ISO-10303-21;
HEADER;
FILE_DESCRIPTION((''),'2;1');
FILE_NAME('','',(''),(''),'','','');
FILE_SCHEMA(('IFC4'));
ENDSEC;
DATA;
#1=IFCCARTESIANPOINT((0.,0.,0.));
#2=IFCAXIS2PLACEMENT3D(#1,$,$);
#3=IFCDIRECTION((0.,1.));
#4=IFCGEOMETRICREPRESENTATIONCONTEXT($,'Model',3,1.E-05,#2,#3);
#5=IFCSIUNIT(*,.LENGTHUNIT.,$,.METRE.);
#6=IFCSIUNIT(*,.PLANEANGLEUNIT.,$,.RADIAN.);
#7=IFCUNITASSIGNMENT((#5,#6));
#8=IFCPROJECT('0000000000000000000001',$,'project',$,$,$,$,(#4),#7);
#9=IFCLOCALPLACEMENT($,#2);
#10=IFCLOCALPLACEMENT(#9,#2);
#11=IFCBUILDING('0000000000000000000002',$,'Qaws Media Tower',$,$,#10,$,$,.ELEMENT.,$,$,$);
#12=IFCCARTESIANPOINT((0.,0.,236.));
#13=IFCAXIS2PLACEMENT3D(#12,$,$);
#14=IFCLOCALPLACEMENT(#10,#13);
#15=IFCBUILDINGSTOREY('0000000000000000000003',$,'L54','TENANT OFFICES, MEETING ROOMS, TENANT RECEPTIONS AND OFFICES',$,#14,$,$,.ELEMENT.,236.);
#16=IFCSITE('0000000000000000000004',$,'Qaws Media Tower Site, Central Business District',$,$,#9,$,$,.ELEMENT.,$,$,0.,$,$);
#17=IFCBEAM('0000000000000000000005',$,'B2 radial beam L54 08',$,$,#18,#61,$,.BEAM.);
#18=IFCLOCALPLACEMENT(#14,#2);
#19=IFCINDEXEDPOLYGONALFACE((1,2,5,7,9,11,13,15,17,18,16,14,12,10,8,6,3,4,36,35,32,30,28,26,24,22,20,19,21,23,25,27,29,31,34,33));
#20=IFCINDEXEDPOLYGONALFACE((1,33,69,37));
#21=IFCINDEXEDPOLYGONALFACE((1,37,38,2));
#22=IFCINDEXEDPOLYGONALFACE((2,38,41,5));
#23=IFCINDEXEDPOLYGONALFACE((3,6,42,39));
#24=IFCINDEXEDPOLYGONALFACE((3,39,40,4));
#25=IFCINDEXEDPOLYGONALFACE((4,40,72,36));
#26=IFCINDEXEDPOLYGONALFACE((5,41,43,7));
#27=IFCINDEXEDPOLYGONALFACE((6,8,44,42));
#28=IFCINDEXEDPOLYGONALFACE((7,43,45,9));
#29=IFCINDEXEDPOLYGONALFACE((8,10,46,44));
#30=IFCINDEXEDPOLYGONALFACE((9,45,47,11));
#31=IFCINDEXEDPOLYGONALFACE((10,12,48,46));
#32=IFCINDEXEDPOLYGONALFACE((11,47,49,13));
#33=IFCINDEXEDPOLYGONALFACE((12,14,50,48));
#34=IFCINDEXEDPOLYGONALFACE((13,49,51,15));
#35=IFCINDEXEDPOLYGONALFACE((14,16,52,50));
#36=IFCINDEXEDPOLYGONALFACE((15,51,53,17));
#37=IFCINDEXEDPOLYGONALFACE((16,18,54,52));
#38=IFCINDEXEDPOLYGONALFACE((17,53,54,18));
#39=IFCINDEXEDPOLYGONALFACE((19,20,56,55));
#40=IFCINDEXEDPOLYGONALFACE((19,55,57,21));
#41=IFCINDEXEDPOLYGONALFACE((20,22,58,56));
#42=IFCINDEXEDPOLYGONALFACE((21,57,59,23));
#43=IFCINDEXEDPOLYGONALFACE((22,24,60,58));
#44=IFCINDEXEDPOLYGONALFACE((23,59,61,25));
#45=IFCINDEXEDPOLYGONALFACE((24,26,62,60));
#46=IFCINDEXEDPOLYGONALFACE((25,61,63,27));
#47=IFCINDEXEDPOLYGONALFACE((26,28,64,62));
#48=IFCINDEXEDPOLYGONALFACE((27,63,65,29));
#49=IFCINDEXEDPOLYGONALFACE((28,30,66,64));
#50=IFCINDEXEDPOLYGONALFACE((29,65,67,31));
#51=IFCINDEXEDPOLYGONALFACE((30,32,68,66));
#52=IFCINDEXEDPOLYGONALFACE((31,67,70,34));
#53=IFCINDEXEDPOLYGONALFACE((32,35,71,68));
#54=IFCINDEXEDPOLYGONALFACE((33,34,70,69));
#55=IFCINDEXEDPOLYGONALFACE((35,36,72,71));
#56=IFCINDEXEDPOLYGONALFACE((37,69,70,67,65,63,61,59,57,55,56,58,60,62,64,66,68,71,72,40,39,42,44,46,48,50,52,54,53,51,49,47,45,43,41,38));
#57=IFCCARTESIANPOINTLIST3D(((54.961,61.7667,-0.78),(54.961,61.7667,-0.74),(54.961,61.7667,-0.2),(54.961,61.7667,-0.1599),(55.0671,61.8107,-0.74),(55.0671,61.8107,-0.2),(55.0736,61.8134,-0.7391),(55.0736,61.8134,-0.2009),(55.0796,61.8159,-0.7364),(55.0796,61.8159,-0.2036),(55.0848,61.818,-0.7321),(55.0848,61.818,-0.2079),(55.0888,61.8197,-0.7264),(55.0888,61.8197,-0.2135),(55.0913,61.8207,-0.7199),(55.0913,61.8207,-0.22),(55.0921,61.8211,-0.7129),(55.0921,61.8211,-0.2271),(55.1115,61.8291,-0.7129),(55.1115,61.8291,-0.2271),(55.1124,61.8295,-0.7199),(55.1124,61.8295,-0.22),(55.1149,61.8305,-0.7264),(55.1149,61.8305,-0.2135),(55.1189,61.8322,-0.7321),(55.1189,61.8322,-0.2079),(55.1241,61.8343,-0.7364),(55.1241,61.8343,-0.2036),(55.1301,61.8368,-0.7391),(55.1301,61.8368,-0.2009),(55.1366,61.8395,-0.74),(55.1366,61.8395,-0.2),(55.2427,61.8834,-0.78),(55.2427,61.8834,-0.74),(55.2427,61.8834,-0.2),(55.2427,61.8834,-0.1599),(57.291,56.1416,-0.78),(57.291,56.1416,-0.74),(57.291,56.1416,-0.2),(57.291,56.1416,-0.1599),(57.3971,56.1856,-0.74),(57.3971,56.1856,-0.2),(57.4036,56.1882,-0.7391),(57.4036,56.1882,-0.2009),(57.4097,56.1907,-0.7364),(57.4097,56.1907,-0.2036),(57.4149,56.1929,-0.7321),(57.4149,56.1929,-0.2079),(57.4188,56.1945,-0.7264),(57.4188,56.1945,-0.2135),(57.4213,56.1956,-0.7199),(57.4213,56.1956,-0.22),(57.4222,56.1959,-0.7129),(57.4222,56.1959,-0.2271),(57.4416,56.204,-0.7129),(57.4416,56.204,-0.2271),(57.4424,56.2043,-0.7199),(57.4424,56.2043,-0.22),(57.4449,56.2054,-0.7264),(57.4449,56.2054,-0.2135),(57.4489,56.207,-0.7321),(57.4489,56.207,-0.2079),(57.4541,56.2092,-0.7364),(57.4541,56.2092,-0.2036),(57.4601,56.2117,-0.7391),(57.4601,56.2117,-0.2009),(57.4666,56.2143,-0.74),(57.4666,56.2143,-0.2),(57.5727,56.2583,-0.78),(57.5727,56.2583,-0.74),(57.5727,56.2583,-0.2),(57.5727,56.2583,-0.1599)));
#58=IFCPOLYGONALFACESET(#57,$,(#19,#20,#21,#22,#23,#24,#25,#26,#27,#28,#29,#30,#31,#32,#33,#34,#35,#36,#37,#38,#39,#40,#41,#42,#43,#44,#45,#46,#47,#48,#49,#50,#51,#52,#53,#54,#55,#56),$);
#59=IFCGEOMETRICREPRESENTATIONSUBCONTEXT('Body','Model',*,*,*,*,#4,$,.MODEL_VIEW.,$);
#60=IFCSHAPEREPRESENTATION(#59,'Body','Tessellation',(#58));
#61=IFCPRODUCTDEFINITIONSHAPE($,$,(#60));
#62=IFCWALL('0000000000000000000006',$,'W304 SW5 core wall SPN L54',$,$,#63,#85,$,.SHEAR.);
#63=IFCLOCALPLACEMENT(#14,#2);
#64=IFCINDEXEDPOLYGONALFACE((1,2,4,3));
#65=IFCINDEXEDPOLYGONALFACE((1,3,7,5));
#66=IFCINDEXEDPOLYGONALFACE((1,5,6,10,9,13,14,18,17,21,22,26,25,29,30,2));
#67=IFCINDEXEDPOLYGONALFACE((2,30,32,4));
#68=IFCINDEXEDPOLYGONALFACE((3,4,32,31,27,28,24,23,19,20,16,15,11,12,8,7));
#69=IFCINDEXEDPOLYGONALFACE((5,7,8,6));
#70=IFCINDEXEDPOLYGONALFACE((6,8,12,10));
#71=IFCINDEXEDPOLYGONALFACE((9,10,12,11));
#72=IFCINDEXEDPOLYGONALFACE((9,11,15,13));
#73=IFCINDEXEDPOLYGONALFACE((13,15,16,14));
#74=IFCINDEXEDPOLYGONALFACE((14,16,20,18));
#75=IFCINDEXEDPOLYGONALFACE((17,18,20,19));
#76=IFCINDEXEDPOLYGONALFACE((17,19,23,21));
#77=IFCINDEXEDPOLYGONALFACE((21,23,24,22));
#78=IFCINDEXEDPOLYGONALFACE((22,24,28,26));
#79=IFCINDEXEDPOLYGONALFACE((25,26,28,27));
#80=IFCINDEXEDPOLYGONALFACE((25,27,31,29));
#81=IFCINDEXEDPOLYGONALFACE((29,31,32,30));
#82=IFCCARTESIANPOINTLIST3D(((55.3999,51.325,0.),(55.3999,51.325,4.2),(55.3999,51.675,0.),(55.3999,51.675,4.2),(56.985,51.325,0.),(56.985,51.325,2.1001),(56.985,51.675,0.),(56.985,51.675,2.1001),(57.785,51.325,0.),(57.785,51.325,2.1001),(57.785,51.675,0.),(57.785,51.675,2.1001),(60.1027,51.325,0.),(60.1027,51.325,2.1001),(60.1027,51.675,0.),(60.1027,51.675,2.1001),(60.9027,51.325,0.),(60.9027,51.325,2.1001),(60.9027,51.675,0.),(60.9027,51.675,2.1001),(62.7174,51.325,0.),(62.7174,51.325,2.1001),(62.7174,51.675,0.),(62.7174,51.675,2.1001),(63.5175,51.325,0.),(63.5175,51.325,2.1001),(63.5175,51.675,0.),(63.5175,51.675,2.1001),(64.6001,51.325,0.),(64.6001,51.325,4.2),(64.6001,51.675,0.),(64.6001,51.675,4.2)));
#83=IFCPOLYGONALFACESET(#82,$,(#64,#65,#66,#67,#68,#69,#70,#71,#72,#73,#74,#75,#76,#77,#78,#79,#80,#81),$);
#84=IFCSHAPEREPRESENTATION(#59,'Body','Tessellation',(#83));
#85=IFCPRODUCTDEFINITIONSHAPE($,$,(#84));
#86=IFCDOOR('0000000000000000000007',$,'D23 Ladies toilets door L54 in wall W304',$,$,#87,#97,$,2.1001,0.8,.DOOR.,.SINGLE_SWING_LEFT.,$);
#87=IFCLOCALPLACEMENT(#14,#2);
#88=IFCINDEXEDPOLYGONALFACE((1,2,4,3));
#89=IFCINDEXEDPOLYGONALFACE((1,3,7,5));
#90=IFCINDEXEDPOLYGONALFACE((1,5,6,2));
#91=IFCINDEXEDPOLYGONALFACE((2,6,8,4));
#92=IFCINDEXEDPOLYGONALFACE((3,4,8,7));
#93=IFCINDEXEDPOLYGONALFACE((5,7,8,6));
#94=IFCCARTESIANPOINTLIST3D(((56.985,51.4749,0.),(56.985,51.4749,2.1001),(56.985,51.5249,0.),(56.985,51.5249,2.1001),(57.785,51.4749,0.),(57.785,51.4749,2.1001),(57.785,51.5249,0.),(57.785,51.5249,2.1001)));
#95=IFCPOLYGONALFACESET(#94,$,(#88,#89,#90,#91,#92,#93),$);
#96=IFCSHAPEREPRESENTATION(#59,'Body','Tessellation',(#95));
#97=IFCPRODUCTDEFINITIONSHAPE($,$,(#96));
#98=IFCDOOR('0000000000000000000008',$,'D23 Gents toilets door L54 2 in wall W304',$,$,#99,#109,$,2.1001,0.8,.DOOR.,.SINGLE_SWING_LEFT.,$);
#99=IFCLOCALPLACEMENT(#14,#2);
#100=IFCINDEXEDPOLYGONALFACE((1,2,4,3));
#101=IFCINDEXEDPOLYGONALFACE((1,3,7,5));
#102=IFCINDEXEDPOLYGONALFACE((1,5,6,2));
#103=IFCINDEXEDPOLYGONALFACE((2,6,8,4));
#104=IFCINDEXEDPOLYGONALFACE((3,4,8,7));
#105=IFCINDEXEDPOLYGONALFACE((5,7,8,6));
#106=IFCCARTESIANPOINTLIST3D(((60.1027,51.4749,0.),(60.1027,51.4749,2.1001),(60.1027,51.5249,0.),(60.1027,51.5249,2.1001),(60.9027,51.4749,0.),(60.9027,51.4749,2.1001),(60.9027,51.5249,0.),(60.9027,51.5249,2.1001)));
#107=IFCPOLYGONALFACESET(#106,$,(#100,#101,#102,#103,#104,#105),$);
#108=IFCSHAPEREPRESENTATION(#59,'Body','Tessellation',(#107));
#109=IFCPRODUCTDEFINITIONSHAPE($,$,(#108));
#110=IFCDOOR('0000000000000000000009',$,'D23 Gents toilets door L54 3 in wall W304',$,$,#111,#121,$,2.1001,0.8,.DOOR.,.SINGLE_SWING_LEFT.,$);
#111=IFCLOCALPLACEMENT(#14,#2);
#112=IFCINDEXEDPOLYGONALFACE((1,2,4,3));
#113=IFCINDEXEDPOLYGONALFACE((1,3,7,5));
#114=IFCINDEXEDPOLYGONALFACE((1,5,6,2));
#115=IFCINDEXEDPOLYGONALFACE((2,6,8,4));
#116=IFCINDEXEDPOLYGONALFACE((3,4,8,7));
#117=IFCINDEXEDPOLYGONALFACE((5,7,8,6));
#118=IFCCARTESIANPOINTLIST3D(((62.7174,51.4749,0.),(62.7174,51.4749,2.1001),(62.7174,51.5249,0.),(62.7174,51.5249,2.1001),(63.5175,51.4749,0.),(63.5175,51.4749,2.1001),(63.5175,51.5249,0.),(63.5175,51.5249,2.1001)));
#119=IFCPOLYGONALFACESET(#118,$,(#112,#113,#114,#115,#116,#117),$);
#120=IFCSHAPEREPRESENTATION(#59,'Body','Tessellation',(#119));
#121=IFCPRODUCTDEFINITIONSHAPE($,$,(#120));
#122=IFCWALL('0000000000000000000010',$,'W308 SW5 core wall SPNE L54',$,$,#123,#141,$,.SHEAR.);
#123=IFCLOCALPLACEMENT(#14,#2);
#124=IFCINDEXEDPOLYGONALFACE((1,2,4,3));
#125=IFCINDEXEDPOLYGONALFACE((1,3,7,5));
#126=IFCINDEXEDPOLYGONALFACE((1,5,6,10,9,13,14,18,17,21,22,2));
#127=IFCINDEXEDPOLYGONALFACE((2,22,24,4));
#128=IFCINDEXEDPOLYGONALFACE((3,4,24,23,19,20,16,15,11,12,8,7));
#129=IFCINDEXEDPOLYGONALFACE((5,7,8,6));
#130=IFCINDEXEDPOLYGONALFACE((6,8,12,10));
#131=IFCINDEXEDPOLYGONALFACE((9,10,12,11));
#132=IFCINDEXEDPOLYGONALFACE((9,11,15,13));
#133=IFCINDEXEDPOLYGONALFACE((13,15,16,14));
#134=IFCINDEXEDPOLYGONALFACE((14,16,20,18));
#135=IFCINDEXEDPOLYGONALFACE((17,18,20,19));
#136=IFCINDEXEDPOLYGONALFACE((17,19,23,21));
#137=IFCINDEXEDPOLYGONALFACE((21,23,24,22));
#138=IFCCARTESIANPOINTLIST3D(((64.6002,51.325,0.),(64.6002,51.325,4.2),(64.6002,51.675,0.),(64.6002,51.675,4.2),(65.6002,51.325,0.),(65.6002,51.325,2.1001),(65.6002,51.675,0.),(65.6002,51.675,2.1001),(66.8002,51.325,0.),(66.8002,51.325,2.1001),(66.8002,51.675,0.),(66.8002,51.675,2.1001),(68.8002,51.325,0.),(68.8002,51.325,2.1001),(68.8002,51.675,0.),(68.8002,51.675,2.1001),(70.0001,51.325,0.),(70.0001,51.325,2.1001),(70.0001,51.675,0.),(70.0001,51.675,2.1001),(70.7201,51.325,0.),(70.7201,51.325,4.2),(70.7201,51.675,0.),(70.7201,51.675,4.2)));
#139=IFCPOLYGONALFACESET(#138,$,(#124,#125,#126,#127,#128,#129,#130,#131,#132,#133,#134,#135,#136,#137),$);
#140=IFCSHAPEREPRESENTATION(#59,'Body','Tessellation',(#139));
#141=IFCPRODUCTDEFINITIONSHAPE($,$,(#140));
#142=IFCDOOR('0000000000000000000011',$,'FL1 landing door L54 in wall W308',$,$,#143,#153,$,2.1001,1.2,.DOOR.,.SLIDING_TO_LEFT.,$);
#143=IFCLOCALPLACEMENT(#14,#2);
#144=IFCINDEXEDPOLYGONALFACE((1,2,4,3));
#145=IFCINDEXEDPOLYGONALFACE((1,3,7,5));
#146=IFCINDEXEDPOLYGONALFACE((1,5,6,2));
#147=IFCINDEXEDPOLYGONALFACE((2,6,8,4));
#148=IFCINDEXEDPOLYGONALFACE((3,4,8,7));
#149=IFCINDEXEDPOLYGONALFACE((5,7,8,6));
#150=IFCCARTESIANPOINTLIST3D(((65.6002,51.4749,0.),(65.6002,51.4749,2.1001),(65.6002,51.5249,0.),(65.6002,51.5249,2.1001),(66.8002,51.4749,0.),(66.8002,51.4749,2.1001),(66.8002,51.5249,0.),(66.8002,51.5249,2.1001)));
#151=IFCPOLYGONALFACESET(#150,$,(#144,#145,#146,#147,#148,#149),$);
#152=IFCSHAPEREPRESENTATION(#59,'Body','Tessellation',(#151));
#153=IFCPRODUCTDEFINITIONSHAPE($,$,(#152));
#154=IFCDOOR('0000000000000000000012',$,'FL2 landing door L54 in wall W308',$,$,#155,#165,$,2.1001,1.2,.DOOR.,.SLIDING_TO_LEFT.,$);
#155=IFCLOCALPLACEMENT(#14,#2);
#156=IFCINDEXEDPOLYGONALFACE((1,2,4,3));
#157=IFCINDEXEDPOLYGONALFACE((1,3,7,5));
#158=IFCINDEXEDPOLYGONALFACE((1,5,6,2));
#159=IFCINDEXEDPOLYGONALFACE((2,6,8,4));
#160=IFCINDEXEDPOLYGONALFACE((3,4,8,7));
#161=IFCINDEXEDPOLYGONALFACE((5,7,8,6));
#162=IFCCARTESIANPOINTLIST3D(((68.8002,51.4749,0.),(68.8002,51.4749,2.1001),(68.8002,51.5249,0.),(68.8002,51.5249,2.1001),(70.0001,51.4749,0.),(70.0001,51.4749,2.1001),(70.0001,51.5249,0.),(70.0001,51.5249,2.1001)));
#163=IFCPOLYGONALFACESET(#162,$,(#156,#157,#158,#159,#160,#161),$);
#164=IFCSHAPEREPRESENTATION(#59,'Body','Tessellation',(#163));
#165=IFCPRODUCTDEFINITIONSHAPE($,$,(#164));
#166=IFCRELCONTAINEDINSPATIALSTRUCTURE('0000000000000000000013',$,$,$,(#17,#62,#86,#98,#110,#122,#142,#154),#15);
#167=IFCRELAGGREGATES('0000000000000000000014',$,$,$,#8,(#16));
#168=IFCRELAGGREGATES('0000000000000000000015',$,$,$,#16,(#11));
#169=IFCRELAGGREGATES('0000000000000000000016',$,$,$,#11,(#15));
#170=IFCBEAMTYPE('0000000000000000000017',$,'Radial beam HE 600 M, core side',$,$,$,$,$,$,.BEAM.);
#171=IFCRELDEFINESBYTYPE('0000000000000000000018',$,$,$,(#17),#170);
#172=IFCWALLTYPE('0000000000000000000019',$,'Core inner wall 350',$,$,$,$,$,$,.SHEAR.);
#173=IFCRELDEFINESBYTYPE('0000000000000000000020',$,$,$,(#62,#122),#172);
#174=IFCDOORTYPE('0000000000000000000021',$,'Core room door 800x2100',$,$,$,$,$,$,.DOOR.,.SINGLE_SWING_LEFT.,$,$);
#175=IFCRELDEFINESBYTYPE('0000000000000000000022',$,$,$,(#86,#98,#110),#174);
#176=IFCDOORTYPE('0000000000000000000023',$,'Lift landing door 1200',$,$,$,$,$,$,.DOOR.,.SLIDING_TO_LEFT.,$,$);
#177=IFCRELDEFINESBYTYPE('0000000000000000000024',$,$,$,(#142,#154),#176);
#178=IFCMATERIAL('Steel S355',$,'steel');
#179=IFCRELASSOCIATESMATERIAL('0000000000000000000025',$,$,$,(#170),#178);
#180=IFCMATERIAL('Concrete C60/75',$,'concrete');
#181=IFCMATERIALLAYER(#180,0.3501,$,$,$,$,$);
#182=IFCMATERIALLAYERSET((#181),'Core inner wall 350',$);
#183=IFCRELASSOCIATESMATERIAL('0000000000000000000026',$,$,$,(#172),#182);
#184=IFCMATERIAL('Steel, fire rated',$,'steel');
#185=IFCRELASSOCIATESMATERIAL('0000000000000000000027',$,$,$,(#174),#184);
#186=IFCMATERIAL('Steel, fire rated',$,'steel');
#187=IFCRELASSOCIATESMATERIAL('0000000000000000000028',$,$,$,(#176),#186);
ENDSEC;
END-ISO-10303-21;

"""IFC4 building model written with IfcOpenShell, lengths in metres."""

from ifc_helpers import new_model, si_unit, direction, frame, frame_2d, origin, origin_2d, place, context, subcontext, project, spatial, rectangle, i_section, extrude, material, layer, layer_set, material_profile, profile_set, type_object, element, fill, save


model = new_model("IFC4")

# Units and contexts
model_context = context("Model", 3, precision=1e-05, world=origin(), true_north=direction((0.0, 1.0)))
body_context = subcontext(model_context, "Body", "Model", "MODEL_VIEW")
ifc_project = project(units=[si_unit("LENGTHUNIT", "METRE"), si_unit("PLANEANGLEUNIT", "RADIAN")], contexts=[model_context])

# Site, building, storey
site_placement = place(None, origin())
site = spatial("IfcSite", under=ifc_project, at=site_placement, Name="Qaws Media Tower Site, Central Business District", CompositionType="ELEMENT", RefElevation=0.0)
building_placement = place(site_placement, origin())
building = spatial("IfcBuilding", under=site, at=building_placement, Name="Qaws Media Tower", CompositionType="ELEMENT")
storey_placement = place(building_placement, frame((0.0, 0.0, 236.0)))
storey = spatial("IfcBuildingStorey", under=building, at=storey_placement, Name="L54", Description="TENANT OFFICES, MEETING ROOMS, TENANT RECEPTIONS AND OFFICES", CompositionType="ELEMENT", Elevation=236.0)

# Beam
ifc_material_1 = material(Name="Steel S355", Category="steel")
ifc_material_profile = material_profile(ifc_material_1, i_section(OverallWidth=0.3049, OverallDepth=0.6201, WebThickness=0.021, FlangeThickness=0.04, FilletRadius=0.0271, at=origin_2d()), Name="HE 600 M")
ifc_profile_set = profile_set([ifc_material_profile], Name="Steel S355")
beam_type = type_object("IfcBeamType", Name="Radial beam HE 600 M, core side", PredefinedType="BEAM", material=ifc_profile_set)
beam_placement = place(storey_placement, frame((57.4319, 56.2, -0.47), z_axis=(-0.382687, 0.923878, 0.0), x_axis=(-0.923878, -0.382687, 0.0)))
element("IfcBeam", 1, at=beam_placement, inside=storey, type_object=beam_type, Name="B2 radial beam L54 08", PredefinedType="BEAM", context=body_context, shape_type="SweptSolid", body=[
    extrude(i_section(OverallWidth=0.3049, OverallDepth=0.6201, WebThickness=0.021, FlangeThickness=0.04, FilletRadius=0.0271, at=origin_2d()), origin(), (0.0, 0.0, 1.0), 6.0886),
])

# Walls, openings, doors
ifc_material_2 = material(Name="Concrete C60/75", Category="concrete")
ifc_layer_1 = layer(ifc_material_2, 0.3501)
ifc_layer_set_1 = layer_set([ifc_layer_1], Name="Core inner wall 350")
wall_type_1 = type_object("IfcWallType", Name="Core inner wall 350", PredefinedType="SHEAR", material=ifc_layer_set_1)
wall_1_placement = place(storey_placement, frame((55.3999, 51.5, 0.0), z_axis=(0.0, 0.0, 1.0), x_axis=(1.0, 0.0, 0.0)))
wall_1 = element("IfcWall", 2, at=wall_1_placement, inside=storey, type_object=wall_type_1, Name="W304 SW5 core wall SPN L54", PredefinedType="SHEAR", context=body_context, shape_type="SweptSolid", body=[
    extrude(rectangle(XDim=9.2002, YDim=0.3501, at=frame_2d((4.6001, 0.0))), origin(), (0.0, 0.0, 1.0), 4.2),
])
opening_1_placement = place(wall_1_placement, frame((1.5852, 0.0, 0.0)))
opening_1 = element("IfcOpeningElement", 3, at=opening_1_placement, cuts=wall_1, PredefinedType="OPENING", context=body_context, shape_type="SweptSolid", body=[
    extrude(rectangle(XDim=0.8, YDim=2.1001, at=frame_2d((0.3999, 1.05))), frame((0.0, 0.1851, 0.0), z_axis=(0.0, -1.0, 0.0), x_axis=(1.0, 0.0, 0.0)), (0.0, 0.0, 1.0), 0.3701),
])
opening_2_placement = place(wall_1_placement, frame((4.7029, 0.0, 0.0)))
opening_2 = element("IfcOpeningElement", 4, at=opening_2_placement, cuts=wall_1, PredefinedType="OPENING", context=body_context, shape_type="SweptSolid", body=[
    extrude(rectangle(XDim=0.8, YDim=2.1001, at=frame_2d((0.3999, 1.05))), frame((0.0, 0.1851, 0.0), z_axis=(0.0, -1.0, 0.0), x_axis=(1.0, 0.0, 0.0)), (0.0, 0.0, 1.0), 0.3701),
])
opening_3_placement = place(wall_1_placement, frame((7.3176, 0.0, 0.0)))
opening_3 = element("IfcOpeningElement", 5, at=opening_3_placement, cuts=wall_1, PredefinedType="OPENING", context=body_context, shape_type="SweptSolid", body=[
    extrude(rectangle(XDim=0.8, YDim=2.1001, at=frame_2d((0.3999, 1.05))), frame((0.0, 0.1851, 0.0), z_axis=(0.0, -1.0, 0.0), x_axis=(1.0, 0.0, 0.0)), (0.0, 0.0, 1.0), 0.3701),
])
ifc_material_3 = material(Name="Steel, fire rated", Category="steel")
door_type_1 = type_object("IfcDoorType", Name="Core room door 800x2100", OperationType="SINGLE_SWING_LEFT", PredefinedType="DOOR", material=ifc_material_3)
door_1_placement = place(opening_1_placement, origin())
door_1 = element("IfcDoor", 6, at=door_1_placement, inside=storey, type_object=door_type_1, Name="D23 Ladies toilets door L54 in wall W304", OperationType="SINGLE_SWING_LEFT", OverallHeight=2.1001, OverallWidth=0.8, PredefinedType="DOOR", context=body_context, shape_type="SweptSolid", body=[
    extrude(rectangle(XDim=0.8, YDim=2.1001, at=frame_2d((0.3999, 1.05))), frame((0.0, 0.0249, 0.0), z_axis=(0.0, -1.0, 0.0), x_axis=(1.0, 0.0, 0.0)), (0.0, 0.0, 1.0), 0.05),
])
fill(opening_1, door_1)
door_2_placement = place(opening_2_placement, origin())
door_2 = element("IfcDoor", 7, at=door_2_placement, inside=storey, type_object=door_type_1, Name="D23 Gents toilets door L54 2 in wall W304", OperationType="SINGLE_SWING_LEFT", OverallHeight=2.1001, OverallWidth=0.8, PredefinedType="DOOR", context=body_context, shape_type="SweptSolid", body=[
    extrude(rectangle(XDim=0.8, YDim=2.1001, at=frame_2d((0.3999, 1.05))), frame((0.0, 0.0249, 0.0), z_axis=(0.0, -1.0, 0.0), x_axis=(1.0, 0.0, 0.0)), (0.0, 0.0, 1.0), 0.05),
])
fill(opening_2, door_2)
door_3_placement = place(opening_3_placement, origin())
door_3 = element("IfcDoor", 8, at=door_3_placement, inside=storey, type_object=door_type_1, Name="D23 Gents toilets door L54 3 in wall W304", OperationType="SINGLE_SWING_LEFT", OverallHeight=2.1001, OverallWidth=0.8, PredefinedType="DOOR", context=body_context, shape_type="SweptSolid", body=[
    extrude(rectangle(XDim=0.8, YDim=2.1001, at=frame_2d((0.3999, 1.05))), frame((0.0, 0.0249, 0.0), z_axis=(0.0, -1.0, 0.0), x_axis=(1.0, 0.0, 0.0)), (0.0, 0.0, 1.0), 0.05),
])
fill(opening_3, door_3)
wall_2_placement = place(storey_placement, frame((64.6001, 51.5, 0.0), z_axis=(0.0, 0.0, 1.0), x_axis=(1.0, 0.0, 0.0)))
wall_2 = element("IfcWall", 9, at=wall_2_placement, inside=storey, type_object=wall_type_1, Name="W308 SW5 core wall SPNE L54", PredefinedType="SHEAR", context=body_context, shape_type="SweptSolid", body=[
    extrude(rectangle(XDim=6.1199, YDim=0.3501, at=frame_2d((3.0601, 0.0))), origin(), (0.0, 0.0, 1.0), 4.2),
])
opening_4_placement = place(wall_2_placement, frame((1.0, 0.0, 0.0)))
opening_4 = element("IfcOpeningElement", 10, at=opening_4_placement, cuts=wall_2, PredefinedType="OPENING", context=body_context, shape_type="SweptSolid", body=[
    extrude(rectangle(XDim=1.2, YDim=2.1001, at=frame_2d((0.6001, 1.05))), frame((0.0, 0.1851, 0.0), z_axis=(0.0, -1.0, 0.0), x_axis=(1.0, 0.0, 0.0)), (0.0, 0.0, 1.0), 0.3701),
])
opening_5_placement = place(wall_2_placement, frame((4.2, 0.0, 0.0)))
opening_5 = element("IfcOpeningElement", 11, at=opening_5_placement, cuts=wall_2, PredefinedType="OPENING", context=body_context, shape_type="SweptSolid", body=[
    extrude(rectangle(XDim=1.2, YDim=2.1001, at=frame_2d((0.6001, 1.05))), frame((0.0, 0.1851, 0.0), z_axis=(0.0, -1.0, 0.0), x_axis=(1.0, 0.0, 0.0)), (0.0, 0.0, 1.0), 0.3701),
])
ifc_material_4 = material(Name="Steel, fire rated", Category="steel")
door_type_2 = type_object("IfcDoorType", Name="Lift landing door 1200", OperationType="SLIDING_TO_LEFT", PredefinedType="DOOR", material=ifc_material_4)
door_4_placement = place(opening_4_placement, origin())
door_4 = element("IfcDoor", 12, at=door_4_placement, inside=storey, type_object=door_type_2, Name="FL1 landing door L54 in wall W308", OperationType="SLIDING_TO_LEFT", OverallHeight=2.1001, OverallWidth=1.2, PredefinedType="DOOR", context=body_context, shape_type="SweptSolid", body=[
    extrude(rectangle(XDim=1.2, YDim=2.1001, at=frame_2d((0.6001, 1.05))), frame((0.0, 0.0249, 0.0), z_axis=(0.0, -1.0, 0.0), x_axis=(1.0, 0.0, 0.0)), (0.0, 0.0, 1.0), 0.05),
])
fill(opening_4, door_4)
door_5_placement = place(opening_5_placement, origin())
door_5 = element("IfcDoor", 13, at=door_5_placement, inside=storey, type_object=door_type_2, Name="FL2 landing door L54 in wall W308", OperationType="SLIDING_TO_LEFT", OverallHeight=2.1001, OverallWidth=1.2, PredefinedType="DOOR", context=body_context, shape_type="SweptSolid", body=[
    extrude(rectangle(XDim=1.2, YDim=2.1001, at=frame_2d((0.6001, 1.05))), frame((0.0, 0.0249, 0.0), z_axis=(0.0, -1.0, 0.0), x_axis=(1.0, 0.0, 0.0)), (0.0, 0.0, 1.0), 0.05),
])
fill(opening_5, door_5)

save(model, "model.ifc")
